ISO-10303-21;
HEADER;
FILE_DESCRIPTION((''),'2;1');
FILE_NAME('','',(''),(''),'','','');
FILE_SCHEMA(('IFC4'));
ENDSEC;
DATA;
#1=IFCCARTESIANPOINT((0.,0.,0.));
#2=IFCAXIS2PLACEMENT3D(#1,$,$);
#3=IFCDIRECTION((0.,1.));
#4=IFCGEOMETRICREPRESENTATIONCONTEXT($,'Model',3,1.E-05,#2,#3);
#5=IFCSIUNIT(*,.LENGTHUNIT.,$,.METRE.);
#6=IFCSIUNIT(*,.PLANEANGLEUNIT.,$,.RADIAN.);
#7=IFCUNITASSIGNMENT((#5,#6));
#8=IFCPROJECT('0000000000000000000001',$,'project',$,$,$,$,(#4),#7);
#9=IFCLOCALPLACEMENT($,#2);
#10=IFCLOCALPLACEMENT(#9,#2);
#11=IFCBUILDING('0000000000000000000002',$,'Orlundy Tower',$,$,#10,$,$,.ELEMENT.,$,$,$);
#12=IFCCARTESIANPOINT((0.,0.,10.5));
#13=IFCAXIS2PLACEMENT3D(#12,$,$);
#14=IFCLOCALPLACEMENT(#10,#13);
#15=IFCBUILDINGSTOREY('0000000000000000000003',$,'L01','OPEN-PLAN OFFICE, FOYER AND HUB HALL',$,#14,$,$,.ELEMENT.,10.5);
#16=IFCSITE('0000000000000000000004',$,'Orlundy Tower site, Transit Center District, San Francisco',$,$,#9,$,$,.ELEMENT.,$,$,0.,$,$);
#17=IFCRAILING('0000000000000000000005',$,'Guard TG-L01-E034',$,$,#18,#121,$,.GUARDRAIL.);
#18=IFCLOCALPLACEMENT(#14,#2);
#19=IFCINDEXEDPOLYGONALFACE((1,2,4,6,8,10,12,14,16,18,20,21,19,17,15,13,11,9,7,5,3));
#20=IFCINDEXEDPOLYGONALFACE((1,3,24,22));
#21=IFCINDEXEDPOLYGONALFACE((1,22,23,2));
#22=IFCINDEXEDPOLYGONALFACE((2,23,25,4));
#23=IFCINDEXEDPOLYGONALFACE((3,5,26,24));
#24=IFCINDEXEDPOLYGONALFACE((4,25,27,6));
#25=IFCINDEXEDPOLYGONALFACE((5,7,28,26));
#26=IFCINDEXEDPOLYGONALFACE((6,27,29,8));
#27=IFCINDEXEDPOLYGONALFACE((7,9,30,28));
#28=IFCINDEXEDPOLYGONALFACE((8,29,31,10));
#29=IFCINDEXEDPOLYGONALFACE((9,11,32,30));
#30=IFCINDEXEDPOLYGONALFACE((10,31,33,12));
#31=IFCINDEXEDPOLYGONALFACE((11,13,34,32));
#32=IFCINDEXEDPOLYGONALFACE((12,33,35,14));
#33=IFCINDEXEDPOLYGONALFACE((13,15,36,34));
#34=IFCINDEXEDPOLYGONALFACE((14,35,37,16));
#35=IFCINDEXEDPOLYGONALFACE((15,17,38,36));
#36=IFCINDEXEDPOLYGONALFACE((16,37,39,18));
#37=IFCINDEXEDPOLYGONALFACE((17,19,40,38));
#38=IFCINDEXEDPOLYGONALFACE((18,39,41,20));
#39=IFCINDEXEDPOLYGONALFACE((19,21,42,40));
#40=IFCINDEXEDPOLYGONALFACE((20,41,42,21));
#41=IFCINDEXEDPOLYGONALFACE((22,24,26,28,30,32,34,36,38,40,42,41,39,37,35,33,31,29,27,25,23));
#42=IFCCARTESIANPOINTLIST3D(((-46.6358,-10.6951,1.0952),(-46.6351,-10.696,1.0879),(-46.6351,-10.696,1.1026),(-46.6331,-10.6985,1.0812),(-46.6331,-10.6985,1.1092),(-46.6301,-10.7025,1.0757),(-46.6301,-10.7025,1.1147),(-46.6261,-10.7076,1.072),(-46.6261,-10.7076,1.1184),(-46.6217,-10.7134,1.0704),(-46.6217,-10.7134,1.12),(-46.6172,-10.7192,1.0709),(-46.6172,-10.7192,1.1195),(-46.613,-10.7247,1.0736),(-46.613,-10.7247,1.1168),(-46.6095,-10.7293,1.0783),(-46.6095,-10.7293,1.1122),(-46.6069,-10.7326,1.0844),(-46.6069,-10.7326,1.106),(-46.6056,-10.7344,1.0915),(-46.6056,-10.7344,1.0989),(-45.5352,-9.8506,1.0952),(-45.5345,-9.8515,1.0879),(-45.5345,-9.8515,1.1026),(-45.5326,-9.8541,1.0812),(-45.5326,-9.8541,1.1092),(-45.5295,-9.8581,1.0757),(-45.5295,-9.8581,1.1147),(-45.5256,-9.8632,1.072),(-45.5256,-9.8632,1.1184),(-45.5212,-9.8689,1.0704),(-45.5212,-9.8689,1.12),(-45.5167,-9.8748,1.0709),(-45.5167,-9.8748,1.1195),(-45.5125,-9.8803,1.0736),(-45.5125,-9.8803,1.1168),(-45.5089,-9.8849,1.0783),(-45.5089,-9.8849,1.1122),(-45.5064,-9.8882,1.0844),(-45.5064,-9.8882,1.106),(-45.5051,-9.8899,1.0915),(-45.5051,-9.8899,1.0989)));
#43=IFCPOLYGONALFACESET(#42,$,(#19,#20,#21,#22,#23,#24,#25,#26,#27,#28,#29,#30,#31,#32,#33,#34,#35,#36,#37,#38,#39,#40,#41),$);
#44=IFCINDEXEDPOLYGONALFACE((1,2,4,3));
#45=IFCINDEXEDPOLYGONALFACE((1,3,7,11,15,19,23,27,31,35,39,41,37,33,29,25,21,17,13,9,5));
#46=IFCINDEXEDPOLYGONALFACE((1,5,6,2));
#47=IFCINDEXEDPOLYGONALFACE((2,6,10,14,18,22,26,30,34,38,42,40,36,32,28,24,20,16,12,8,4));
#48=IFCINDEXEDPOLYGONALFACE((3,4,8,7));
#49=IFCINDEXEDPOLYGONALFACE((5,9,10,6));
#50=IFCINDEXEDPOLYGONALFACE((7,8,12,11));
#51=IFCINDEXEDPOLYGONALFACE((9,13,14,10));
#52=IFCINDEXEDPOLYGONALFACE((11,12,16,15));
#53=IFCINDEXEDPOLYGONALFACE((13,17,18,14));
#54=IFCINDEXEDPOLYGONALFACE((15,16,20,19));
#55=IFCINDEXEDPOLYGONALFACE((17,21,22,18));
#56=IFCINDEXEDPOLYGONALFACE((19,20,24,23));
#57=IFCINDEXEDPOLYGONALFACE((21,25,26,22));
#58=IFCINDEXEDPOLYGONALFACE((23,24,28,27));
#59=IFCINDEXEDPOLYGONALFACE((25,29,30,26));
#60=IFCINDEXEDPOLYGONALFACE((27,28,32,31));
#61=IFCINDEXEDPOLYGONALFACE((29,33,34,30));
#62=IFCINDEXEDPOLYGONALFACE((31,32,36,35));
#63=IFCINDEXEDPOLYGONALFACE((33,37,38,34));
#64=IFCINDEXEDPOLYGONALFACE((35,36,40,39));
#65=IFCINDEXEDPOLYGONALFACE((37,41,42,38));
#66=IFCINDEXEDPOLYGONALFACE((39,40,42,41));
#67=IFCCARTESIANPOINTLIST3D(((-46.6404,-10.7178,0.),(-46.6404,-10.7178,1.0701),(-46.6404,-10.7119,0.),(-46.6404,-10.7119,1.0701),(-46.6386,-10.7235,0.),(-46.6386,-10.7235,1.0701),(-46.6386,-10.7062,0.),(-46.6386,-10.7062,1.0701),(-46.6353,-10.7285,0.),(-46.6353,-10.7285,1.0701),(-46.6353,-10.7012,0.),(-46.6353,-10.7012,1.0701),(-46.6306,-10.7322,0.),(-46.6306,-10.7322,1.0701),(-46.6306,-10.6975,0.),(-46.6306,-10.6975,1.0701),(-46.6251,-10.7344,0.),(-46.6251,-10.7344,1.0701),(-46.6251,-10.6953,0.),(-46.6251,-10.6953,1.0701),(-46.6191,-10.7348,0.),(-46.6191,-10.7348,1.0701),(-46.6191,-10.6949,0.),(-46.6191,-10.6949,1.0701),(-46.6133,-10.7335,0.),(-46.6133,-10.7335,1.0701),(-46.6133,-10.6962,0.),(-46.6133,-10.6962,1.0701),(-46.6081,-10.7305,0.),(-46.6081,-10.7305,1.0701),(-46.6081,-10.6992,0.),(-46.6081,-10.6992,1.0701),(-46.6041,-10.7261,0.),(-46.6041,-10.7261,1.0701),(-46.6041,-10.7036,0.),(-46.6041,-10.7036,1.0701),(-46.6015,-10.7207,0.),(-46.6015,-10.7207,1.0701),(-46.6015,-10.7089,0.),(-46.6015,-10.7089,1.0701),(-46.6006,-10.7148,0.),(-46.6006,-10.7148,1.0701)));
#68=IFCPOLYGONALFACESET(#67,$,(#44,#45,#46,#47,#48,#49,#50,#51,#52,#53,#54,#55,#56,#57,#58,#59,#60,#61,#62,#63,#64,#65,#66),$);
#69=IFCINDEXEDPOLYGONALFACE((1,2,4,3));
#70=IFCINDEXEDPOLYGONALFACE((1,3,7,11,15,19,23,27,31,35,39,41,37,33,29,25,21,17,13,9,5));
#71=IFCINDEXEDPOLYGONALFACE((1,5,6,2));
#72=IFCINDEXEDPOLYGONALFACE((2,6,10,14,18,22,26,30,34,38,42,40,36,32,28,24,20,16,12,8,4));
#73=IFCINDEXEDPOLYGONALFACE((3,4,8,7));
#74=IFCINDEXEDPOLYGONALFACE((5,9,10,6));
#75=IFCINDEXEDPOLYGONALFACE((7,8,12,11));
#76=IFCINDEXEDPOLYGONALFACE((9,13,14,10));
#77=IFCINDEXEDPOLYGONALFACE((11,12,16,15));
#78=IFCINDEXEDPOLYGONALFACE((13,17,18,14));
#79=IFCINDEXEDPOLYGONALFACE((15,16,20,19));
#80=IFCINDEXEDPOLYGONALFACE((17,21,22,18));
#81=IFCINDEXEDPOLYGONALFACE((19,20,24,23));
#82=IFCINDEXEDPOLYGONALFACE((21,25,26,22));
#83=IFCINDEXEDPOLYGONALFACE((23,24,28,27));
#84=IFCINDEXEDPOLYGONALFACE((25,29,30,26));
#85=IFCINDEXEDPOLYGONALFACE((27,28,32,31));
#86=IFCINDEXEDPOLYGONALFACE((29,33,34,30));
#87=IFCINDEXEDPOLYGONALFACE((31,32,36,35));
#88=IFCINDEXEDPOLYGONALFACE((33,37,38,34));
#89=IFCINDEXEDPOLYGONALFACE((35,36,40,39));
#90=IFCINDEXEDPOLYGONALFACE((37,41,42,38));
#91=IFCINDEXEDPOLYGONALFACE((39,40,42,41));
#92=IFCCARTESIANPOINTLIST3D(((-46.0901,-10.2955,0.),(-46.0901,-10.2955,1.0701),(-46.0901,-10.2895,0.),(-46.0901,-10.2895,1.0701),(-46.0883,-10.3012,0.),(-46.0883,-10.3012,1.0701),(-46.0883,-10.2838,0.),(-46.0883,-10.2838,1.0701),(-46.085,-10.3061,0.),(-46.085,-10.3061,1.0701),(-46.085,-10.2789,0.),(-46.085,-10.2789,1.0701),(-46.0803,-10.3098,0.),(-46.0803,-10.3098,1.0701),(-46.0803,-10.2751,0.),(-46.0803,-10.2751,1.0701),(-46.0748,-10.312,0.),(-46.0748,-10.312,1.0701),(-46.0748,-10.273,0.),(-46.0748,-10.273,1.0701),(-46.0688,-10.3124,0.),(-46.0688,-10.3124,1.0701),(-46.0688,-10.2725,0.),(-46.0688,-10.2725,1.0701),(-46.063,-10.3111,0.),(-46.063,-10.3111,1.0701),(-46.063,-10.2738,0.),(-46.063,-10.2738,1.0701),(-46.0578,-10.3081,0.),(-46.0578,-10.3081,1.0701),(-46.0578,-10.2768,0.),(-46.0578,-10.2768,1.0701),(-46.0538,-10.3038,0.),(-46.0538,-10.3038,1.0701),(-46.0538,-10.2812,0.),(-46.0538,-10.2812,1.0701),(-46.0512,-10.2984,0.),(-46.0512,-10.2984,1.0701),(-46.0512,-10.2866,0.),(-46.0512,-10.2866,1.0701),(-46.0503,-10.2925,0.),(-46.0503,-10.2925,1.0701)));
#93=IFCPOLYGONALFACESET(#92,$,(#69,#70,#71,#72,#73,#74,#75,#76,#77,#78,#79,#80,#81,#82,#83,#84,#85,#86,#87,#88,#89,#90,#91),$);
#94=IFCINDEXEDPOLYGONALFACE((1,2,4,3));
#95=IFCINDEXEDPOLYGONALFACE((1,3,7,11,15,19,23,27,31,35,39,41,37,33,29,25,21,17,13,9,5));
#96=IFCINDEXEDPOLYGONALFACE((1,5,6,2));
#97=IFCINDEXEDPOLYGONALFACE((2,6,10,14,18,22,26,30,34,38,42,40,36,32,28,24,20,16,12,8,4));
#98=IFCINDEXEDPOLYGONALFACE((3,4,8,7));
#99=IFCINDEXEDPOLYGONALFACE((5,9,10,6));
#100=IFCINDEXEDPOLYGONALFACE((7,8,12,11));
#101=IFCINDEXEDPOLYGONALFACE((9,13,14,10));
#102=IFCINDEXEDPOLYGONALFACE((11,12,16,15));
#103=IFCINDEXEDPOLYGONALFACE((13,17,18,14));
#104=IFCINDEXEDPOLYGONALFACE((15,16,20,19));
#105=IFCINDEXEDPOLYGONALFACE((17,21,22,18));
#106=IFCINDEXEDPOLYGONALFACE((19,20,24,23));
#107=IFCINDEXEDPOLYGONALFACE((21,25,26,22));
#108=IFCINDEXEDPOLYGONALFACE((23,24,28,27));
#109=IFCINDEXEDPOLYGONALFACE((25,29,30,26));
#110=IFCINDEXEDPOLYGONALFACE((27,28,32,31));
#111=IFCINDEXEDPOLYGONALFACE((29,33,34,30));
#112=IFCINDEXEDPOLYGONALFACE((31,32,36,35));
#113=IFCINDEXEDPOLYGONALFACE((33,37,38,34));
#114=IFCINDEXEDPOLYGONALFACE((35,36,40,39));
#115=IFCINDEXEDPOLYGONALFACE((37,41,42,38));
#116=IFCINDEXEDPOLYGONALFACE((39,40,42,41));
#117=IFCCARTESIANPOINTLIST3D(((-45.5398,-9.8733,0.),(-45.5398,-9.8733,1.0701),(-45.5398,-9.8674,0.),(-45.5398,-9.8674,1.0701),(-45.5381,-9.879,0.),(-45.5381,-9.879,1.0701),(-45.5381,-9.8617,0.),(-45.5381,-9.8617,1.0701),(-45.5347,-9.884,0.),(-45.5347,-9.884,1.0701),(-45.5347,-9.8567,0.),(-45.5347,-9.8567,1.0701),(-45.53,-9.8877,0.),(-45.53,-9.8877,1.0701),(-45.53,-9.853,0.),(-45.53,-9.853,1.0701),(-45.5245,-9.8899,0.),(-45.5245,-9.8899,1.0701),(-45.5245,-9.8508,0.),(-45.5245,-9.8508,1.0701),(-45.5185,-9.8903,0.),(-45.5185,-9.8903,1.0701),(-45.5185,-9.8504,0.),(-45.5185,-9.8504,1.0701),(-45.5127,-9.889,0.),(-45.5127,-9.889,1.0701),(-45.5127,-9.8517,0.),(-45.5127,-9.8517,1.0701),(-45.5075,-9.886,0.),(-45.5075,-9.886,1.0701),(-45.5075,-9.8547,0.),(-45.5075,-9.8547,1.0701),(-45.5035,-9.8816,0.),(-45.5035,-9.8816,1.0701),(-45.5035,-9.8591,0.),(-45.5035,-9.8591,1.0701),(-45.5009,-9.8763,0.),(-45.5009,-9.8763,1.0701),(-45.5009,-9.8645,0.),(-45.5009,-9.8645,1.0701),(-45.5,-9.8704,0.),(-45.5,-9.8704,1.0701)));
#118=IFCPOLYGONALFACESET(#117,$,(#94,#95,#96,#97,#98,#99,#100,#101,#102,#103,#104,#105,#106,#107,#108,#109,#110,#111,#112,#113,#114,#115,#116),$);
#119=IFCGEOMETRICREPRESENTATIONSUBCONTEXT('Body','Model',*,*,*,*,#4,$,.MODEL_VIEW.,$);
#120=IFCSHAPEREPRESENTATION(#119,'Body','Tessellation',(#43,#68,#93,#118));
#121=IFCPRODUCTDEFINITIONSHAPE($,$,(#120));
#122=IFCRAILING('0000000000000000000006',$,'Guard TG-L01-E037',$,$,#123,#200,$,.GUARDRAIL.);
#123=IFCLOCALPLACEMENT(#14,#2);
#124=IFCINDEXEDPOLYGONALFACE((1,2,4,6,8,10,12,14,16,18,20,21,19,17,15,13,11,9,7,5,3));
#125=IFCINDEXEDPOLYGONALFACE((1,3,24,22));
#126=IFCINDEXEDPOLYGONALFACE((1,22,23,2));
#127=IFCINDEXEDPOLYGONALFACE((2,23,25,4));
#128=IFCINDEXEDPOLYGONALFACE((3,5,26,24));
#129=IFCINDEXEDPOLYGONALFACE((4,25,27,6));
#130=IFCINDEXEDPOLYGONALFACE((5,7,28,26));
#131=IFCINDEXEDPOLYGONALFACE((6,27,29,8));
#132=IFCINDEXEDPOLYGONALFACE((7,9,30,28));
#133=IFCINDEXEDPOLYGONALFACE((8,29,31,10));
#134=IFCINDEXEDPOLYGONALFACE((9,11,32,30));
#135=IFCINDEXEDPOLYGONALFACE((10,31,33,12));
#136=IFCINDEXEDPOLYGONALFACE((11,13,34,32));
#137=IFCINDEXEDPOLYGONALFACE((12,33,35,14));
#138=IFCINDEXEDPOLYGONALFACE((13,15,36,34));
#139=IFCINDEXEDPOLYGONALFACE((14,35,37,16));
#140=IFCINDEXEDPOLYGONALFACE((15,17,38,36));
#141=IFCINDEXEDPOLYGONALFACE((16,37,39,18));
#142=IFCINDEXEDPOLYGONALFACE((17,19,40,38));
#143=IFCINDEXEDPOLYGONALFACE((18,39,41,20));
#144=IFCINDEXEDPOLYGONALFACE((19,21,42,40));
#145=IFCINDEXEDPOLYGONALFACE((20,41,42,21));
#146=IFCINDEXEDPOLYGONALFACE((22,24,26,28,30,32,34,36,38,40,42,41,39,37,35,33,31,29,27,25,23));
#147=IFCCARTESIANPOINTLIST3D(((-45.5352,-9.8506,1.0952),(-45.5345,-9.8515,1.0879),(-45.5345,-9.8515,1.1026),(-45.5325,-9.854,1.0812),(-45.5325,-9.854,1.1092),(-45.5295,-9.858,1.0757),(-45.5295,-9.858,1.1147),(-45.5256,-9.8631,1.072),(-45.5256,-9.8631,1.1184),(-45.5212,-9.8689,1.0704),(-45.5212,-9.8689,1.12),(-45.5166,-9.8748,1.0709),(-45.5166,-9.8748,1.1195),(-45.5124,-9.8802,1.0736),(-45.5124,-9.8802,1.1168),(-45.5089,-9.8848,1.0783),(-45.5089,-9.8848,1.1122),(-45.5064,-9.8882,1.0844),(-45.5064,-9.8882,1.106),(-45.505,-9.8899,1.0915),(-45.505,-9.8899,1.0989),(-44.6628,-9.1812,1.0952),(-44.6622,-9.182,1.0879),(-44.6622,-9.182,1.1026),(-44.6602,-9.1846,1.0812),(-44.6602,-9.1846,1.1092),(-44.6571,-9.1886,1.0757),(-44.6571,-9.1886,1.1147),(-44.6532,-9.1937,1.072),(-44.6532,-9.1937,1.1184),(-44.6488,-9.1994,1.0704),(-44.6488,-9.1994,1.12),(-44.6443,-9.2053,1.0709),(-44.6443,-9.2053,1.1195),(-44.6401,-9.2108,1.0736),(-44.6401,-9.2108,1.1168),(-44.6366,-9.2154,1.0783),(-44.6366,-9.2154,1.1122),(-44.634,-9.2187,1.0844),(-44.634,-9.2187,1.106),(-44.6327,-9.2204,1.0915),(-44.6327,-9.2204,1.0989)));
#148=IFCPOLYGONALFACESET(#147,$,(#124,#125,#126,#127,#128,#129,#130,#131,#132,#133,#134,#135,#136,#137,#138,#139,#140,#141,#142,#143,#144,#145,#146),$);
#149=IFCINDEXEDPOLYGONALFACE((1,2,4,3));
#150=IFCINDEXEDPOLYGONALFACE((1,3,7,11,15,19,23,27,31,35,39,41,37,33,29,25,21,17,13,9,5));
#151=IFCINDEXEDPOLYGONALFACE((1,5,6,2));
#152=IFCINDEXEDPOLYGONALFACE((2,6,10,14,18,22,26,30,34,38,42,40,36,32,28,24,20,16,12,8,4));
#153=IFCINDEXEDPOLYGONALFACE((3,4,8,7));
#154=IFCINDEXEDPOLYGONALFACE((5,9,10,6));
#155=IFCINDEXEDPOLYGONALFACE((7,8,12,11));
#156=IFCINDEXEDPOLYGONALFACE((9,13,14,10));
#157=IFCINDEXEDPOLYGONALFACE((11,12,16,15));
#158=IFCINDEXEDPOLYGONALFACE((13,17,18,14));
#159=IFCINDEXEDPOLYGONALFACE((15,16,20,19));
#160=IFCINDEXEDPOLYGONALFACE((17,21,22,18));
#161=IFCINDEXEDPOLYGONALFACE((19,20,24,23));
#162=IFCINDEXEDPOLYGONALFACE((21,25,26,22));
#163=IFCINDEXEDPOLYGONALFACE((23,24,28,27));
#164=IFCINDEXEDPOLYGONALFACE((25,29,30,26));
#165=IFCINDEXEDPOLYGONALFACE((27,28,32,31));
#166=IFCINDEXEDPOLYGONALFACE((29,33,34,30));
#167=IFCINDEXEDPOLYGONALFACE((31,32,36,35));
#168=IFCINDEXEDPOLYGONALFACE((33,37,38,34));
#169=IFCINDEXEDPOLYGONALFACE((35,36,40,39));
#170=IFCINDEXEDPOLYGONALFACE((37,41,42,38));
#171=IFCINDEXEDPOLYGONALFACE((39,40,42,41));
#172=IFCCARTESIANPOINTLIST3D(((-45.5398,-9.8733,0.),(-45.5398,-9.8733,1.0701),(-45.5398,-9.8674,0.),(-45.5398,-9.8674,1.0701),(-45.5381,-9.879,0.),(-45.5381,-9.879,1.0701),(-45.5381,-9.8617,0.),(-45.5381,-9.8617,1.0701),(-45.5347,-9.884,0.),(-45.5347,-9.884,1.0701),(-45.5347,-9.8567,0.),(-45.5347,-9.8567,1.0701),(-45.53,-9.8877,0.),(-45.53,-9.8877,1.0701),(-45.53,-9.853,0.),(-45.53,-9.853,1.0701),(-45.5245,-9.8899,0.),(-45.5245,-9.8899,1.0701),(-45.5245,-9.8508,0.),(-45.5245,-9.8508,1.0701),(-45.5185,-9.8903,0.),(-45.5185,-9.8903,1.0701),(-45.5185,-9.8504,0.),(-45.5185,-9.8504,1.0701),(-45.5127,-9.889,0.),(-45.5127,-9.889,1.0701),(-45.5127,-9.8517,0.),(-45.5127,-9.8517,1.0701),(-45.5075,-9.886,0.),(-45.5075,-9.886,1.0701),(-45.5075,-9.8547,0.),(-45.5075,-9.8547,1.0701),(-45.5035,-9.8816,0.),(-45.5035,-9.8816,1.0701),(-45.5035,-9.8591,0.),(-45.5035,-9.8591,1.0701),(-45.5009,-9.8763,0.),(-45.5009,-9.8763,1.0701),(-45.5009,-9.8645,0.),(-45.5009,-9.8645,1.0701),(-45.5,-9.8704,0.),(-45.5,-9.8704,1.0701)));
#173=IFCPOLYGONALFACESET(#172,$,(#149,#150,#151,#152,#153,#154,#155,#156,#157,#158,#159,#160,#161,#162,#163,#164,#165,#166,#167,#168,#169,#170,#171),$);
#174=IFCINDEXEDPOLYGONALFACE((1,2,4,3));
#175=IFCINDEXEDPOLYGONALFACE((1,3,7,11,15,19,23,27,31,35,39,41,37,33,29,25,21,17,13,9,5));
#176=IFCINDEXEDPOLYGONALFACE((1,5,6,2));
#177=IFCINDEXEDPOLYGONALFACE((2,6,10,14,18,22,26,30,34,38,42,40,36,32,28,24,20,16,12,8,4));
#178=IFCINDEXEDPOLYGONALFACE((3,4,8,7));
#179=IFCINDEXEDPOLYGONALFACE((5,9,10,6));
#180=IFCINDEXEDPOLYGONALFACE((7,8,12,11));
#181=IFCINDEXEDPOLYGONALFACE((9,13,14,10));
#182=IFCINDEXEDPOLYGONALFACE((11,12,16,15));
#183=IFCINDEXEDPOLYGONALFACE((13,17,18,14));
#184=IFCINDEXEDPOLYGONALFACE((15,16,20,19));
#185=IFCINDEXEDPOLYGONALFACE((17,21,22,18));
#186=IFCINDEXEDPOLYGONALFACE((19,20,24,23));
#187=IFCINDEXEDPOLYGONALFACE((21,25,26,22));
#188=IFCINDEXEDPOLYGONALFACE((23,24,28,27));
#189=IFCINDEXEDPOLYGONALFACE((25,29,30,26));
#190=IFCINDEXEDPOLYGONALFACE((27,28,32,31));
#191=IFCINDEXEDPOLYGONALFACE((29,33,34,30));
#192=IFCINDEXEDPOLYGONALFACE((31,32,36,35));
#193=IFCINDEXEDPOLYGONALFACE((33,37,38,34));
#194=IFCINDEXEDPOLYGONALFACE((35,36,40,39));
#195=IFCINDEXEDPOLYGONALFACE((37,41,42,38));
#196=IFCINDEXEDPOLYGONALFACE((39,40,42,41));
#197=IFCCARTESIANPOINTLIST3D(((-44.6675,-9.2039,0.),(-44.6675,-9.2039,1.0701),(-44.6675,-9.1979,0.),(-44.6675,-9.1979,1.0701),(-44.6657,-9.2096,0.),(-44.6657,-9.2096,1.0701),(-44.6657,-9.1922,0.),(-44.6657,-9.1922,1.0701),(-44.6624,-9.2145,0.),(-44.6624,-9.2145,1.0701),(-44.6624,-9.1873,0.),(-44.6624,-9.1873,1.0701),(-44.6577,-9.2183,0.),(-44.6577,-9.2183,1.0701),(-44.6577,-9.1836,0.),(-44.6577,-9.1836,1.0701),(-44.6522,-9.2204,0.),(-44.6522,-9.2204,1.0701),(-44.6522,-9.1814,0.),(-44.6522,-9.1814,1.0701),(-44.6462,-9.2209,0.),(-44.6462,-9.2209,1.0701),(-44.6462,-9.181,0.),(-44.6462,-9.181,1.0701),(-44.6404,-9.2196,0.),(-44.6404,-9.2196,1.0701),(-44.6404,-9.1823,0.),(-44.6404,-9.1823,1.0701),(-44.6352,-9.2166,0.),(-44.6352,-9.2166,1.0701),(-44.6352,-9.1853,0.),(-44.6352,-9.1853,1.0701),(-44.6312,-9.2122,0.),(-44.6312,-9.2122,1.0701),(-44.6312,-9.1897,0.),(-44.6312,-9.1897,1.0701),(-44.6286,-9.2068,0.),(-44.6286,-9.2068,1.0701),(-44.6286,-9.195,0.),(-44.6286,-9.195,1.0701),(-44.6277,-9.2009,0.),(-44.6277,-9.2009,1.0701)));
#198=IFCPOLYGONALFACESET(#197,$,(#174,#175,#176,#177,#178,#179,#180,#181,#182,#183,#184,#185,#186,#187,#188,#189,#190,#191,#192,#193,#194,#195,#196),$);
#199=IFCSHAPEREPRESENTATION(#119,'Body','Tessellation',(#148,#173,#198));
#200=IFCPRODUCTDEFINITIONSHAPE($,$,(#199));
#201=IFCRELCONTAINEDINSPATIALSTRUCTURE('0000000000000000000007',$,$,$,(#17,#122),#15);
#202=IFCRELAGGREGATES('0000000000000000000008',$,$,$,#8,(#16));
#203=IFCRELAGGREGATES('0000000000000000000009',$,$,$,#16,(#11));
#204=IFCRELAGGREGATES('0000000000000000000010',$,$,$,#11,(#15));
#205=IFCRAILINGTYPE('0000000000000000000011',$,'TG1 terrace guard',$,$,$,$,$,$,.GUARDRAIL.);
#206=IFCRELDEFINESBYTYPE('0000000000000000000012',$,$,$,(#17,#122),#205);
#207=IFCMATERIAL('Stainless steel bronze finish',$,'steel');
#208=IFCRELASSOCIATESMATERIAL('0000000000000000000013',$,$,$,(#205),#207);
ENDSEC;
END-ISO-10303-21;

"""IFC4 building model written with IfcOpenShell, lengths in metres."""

from ifc_helpers import new_model, si_unit, direction, frame, origin, origin_2d, place, context, subcontext, project, spatial, circle, extrude, material, type_object, element, save


model = new_model("IFC4")

# Units and contexts
model_context = context("Model", 3, precision=1e-05, world=origin(), true_north=direction((0.0, 1.0)))
body_context = subcontext(model_context, "Body", "Model", "MODEL_VIEW")
ifc_project = project(units=[si_unit("LENGTHUNIT", "METRE"), si_unit("PLANEANGLEUNIT", "RADIAN")], contexts=[model_context])

# Site, building, storey
site_placement = place(None, origin())
site = spatial("IfcSite", under=ifc_project, at=site_placement, Name="Orlundy Tower site, Transit Center District, San Francisco", CompositionType="ELEMENT", RefElevation=0.0)
building_placement = place(site_placement, origin())
building = spatial("IfcBuilding", under=site, at=building_placement, Name="Orlundy Tower", CompositionType="ELEMENT")
storey_placement = place(building_placement, frame((0.0, 0.0, 10.5)))
storey = spatial("IfcBuildingStorey", under=building, at=storey_placement, Name="L01", Description="OPEN-PLAN OFFICE, FOYER AND HUB HALL", CompositionType="ELEMENT", Elevation=10.5)

# Railings
ifc_material_1 = material(Name="Stainless steel bronze finish", Category="steel")
railing_type = type_object("IfcRailingType", Name="TG1 terrace guard", PredefinedType="GUARDRAIL", material=ifc_material_1)
railing_1_placement = place(storey_placement, frame((-46.6206, -10.7148, 0.0)))
element("IfcRailing", 1, at=railing_1_placement, inside=storey, type_object=railing_type, Name="Guard TG-L01-E034", PredefinedType="GUARDRAIL", context=body_context, shape_type="SweptSolid", body=[
    extrude(circle(Radius=0.0249, at=origin_2d()), frame((0.0, 0.0, 1.0952), z_axis=(0.793363, 0.608749, 0.0), x_axis=(-0.608749, 0.793363, 0.0)), (0.0, 0.0, 1.0), 1.3872),
    extrude(circle(Radius=0.02, at=origin_2d()), origin(), (0.0, 0.0, 1.0), 1.0701),
    extrude(circle(Radius=0.02, at=origin_2d()), frame((0.5503, 0.4224, 0.0)), (0.0, 0.0, 1.0), 1.0701),
    extrude(circle(Radius=0.02, at=origin_2d()), frame((1.1006, 0.8445, 0.0)), (0.0, 0.0, 1.0), 1.0701),
])
railing_2_placement = place(storey_placement, frame((-45.52, -9.8704, 0.0)))
element("IfcRailing", 2, at=railing_2_placement, inside=storey, type_object=railing_type, Name="Guard TG-L01-E037", PredefinedType="GUARDRAIL", context=body_context, shape_type="SweptSolid", body=[
    extrude(circle(Radius=0.0249, at=origin_2d()), frame((0.0, 0.0, 1.0952), z_axis=(0.793317, 0.608809, 0.0), x_axis=(-0.608809, 0.793317, 0.0)), (0.0, 0.0, 1.0), 1.0996),
    extrude(circle(Radius=0.02, at=origin_2d()), origin(), (0.0, 0.0, 1.0), 1.0701),
    extrude(circle(Radius=0.02, at=origin_2d()), frame((0.8723, 0.6694, 0.0)), (0.0, 0.0, 1.0), 1.0701),
])

save(model, "model.ifc")
